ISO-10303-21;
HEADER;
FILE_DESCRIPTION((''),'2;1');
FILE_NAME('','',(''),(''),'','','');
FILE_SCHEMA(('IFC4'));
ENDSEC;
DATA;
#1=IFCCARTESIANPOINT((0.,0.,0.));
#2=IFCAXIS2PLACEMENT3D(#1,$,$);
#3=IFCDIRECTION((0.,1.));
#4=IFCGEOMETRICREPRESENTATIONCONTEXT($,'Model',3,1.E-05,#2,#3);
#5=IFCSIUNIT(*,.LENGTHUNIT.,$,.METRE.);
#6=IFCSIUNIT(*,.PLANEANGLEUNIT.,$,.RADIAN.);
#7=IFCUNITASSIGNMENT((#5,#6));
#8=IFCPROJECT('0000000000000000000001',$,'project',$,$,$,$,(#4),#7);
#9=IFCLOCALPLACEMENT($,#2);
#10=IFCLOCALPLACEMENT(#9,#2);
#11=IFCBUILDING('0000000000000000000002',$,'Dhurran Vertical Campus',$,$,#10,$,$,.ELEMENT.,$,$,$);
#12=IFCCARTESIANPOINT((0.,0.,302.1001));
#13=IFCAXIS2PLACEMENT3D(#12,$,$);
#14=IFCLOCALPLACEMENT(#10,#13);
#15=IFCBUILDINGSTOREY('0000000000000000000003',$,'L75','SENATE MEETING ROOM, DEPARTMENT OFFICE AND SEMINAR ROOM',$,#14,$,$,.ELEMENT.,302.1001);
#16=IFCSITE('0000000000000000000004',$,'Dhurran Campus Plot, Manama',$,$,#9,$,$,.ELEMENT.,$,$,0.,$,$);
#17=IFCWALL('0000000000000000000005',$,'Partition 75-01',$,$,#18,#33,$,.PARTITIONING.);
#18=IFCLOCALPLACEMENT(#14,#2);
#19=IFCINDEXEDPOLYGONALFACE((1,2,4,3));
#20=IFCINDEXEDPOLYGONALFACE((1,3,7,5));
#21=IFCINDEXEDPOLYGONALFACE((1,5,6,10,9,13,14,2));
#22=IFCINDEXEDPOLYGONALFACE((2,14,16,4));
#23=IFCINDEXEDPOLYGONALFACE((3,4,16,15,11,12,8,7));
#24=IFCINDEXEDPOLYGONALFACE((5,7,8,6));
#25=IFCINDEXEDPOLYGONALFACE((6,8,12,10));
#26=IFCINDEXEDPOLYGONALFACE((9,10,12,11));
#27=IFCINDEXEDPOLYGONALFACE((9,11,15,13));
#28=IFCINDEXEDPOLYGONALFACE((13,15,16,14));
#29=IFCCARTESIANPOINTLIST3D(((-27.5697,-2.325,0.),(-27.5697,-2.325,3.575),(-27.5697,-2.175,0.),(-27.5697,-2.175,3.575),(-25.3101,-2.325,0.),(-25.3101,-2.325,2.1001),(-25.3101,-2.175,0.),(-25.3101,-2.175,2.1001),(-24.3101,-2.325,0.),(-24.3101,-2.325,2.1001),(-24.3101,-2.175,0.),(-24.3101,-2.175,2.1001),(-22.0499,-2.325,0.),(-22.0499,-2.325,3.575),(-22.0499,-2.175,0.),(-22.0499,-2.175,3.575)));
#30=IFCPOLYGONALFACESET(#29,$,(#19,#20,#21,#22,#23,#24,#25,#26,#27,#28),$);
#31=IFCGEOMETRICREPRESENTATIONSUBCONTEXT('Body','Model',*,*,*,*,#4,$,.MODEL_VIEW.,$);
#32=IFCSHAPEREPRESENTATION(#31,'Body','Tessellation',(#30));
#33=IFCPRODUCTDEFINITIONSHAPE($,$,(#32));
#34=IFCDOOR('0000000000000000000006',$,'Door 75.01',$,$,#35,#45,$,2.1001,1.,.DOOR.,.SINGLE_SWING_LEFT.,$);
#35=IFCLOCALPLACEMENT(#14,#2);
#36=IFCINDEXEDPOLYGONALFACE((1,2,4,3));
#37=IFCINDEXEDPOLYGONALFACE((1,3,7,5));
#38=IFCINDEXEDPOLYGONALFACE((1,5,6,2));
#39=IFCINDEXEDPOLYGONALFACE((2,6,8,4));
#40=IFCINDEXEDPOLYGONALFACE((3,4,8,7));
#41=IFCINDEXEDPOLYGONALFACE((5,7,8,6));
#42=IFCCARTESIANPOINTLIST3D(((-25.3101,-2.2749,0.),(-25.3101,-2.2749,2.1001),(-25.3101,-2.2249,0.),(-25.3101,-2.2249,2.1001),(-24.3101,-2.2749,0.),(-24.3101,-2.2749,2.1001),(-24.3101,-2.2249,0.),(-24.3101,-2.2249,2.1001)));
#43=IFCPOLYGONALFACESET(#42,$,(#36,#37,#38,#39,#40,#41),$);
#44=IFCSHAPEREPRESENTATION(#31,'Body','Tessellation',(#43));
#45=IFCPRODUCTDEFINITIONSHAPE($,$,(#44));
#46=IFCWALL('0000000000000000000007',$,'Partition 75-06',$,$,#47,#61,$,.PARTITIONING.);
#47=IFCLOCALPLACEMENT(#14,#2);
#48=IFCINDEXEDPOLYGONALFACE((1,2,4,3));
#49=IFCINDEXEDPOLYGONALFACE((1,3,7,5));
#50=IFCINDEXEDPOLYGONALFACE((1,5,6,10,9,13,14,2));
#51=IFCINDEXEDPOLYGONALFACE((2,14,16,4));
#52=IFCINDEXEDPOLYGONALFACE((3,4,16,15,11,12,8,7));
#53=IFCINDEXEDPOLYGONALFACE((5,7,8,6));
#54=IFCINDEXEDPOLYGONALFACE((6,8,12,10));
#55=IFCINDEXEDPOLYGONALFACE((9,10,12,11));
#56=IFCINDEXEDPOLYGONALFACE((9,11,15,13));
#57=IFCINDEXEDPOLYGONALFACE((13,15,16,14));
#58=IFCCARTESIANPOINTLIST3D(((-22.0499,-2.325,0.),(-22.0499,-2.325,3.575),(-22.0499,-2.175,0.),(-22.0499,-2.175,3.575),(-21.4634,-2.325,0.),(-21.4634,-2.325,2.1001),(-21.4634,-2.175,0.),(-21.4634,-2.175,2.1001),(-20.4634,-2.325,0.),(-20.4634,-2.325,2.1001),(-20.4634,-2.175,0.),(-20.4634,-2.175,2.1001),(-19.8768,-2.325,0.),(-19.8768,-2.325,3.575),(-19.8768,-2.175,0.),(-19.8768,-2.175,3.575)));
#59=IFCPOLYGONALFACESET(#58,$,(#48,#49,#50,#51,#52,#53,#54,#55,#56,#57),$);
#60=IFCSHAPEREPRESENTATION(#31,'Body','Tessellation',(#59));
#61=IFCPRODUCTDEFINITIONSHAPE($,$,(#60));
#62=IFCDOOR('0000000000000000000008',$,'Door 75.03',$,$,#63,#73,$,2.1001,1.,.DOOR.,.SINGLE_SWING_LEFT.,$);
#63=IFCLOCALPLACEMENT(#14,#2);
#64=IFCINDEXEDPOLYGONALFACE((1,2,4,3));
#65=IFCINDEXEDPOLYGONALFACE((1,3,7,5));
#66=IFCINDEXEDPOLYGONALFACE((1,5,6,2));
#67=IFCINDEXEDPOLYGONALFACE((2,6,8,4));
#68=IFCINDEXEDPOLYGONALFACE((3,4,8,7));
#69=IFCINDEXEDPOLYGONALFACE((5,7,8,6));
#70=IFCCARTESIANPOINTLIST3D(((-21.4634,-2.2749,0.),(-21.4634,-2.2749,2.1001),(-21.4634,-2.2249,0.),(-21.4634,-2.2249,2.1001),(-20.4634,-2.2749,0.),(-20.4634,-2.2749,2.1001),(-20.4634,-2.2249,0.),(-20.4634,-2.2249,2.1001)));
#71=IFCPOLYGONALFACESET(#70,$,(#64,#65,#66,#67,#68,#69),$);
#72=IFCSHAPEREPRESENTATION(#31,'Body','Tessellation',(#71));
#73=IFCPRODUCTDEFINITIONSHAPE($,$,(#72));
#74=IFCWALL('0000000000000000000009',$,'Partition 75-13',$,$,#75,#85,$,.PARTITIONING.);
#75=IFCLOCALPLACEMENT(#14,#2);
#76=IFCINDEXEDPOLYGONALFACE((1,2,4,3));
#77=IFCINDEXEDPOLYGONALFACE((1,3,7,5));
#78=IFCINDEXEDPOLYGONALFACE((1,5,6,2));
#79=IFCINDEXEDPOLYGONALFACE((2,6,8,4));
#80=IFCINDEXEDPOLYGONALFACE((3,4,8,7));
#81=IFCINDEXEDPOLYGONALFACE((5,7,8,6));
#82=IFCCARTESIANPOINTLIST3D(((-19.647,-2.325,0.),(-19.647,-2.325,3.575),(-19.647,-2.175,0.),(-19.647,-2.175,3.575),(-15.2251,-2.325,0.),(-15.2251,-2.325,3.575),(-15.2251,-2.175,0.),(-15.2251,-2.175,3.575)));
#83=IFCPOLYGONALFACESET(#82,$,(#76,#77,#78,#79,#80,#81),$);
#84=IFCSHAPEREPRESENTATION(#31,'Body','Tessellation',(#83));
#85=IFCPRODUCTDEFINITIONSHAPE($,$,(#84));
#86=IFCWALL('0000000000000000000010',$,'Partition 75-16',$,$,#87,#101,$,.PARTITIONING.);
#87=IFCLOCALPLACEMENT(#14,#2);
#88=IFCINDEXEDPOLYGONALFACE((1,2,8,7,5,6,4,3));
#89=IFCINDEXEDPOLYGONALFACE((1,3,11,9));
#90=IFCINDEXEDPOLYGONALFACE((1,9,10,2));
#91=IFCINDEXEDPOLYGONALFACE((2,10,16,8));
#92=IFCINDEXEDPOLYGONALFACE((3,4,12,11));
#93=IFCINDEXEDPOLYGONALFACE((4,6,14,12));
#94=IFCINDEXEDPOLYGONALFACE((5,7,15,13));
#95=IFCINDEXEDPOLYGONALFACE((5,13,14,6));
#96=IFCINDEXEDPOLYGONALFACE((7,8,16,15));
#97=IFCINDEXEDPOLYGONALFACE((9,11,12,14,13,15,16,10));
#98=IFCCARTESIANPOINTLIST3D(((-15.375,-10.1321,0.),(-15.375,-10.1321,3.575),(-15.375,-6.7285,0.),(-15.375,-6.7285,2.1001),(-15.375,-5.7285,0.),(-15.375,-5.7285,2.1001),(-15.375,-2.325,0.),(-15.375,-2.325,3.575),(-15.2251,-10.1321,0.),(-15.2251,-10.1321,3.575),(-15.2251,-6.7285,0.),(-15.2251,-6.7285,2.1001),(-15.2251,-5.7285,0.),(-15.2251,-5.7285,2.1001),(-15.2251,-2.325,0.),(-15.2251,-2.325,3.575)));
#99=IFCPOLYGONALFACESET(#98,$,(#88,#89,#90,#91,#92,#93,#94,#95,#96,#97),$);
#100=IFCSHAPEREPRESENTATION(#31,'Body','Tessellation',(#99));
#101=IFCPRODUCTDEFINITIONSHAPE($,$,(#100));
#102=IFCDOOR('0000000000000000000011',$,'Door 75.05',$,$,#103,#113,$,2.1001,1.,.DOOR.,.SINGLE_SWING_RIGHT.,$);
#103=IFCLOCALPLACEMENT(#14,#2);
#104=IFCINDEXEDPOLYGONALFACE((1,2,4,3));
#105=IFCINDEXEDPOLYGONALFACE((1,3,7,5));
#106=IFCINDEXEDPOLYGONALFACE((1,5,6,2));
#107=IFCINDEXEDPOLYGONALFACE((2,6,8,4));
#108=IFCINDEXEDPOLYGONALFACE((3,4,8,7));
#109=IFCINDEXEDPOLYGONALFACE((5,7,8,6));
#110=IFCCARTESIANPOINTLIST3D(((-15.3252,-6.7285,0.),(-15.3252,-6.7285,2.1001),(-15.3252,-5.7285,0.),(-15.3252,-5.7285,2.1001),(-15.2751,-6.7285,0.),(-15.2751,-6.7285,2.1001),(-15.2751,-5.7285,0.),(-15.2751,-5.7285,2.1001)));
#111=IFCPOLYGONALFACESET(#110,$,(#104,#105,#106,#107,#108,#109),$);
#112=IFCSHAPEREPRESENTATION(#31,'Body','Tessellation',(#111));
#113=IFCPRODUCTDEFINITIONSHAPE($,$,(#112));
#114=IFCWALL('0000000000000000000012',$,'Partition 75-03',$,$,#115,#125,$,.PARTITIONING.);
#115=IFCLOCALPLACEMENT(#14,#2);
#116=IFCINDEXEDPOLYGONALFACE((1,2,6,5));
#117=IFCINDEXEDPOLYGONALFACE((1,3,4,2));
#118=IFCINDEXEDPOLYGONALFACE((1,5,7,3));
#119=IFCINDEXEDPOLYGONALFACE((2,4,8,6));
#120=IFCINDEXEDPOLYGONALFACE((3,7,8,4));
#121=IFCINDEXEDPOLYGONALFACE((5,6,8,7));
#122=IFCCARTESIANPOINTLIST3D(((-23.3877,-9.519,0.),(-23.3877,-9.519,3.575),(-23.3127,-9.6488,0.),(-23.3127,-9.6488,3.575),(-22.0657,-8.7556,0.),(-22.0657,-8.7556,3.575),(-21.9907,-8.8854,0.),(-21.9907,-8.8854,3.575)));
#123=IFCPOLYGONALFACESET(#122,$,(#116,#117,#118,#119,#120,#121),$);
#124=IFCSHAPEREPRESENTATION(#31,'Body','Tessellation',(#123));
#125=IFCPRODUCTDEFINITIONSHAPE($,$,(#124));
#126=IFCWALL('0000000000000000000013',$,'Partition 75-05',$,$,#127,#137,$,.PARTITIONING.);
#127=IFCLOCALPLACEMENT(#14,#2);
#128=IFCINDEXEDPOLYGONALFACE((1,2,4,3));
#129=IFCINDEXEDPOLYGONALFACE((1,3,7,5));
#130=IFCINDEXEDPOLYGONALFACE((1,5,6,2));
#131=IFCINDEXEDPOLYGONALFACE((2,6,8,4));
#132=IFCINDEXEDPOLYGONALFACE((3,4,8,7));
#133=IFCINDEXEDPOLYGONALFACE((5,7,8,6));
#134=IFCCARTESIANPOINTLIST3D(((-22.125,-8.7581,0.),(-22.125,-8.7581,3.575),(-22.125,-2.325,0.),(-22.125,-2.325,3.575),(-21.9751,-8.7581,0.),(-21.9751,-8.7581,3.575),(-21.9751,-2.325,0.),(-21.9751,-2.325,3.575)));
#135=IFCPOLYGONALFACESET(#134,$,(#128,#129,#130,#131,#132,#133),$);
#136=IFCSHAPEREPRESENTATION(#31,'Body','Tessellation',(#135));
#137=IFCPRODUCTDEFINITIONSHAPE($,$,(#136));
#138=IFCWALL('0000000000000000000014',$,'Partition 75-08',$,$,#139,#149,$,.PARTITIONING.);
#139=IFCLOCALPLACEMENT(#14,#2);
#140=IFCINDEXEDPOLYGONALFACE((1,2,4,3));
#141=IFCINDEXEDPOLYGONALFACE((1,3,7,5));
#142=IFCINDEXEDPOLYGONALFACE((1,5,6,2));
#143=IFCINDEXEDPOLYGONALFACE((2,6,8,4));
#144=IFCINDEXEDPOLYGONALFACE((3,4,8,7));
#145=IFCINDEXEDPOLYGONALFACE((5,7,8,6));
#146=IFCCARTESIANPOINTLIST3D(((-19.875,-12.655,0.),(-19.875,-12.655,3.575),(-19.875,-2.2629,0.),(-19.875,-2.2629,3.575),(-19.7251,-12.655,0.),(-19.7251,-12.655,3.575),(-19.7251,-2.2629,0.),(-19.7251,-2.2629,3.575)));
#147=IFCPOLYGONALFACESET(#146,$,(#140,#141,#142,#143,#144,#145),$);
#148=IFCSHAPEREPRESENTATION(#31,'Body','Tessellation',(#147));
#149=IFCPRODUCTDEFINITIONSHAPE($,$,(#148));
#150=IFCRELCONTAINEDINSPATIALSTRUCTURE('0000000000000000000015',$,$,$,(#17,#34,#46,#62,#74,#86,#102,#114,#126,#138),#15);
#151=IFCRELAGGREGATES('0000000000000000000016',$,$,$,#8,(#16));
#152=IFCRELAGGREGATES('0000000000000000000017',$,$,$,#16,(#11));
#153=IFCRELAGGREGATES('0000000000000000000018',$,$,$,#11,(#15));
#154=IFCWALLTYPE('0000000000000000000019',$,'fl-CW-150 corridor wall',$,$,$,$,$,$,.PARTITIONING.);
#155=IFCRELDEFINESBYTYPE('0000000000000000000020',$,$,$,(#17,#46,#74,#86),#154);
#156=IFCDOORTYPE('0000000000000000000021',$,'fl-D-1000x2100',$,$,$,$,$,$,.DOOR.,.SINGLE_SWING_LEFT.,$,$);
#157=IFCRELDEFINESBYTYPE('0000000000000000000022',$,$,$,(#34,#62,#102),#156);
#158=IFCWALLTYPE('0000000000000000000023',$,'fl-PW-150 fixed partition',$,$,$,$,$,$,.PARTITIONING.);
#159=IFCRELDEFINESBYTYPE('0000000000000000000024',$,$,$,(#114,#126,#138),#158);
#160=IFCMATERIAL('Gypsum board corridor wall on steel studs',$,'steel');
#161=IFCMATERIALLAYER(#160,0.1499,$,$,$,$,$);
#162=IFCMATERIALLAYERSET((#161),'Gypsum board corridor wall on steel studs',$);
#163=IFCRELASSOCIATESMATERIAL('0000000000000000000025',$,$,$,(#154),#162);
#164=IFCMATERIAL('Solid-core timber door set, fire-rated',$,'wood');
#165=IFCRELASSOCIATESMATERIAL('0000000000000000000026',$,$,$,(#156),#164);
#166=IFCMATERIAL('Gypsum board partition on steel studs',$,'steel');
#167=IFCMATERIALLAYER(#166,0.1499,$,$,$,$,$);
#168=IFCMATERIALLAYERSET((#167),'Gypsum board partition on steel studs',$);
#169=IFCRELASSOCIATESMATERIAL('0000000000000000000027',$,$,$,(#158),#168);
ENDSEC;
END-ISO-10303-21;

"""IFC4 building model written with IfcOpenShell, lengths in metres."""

from ifc_helpers import new_model, si_unit, direction, frame, frame_2d, origin, place, context, subcontext, project, spatial, rectangle, extrude, material, layer, layer_set, type_object, element, fill, save


model = new_model("IFC4")

# Units and contexts
model_context = context("Model", 3, precision=1e-05, world=origin(), true_north=direction((0.0, 1.0)))
body_context = subcontext(model_context, "Body", "Model", "MODEL_VIEW")
ifc_project = project(units=[si_unit("LENGTHUNIT", "METRE"), si_unit("PLANEANGLEUNIT", "RADIAN")], contexts=[model_context])

# Site, building, storey
site_placement = place(None, origin())
site = spatial("IfcSite", under=ifc_project, at=site_placement, Name="Dhurran Campus Plot, Manama", CompositionType="ELEMENT", RefElevation=0.0)
building_placement = place(site_placement, origin())
building = spatial("IfcBuilding", under=site, at=building_placement, Name="Dhurran Vertical Campus", CompositionType="ELEMENT")
storey_placement = place(building_placement, frame((0.0, 0.0, 302.1001)))
storey = spatial("IfcBuildingStorey", under=building, at=storey_placement, Name="L75", Description="SENATE MEETING ROOM, DEPARTMENT OFFICE AND SEMINAR ROOM", CompositionType="ELEMENT", Elevation=302.1001)

# Walls, openings, doors
ifc_material_1 = material(Name="Gypsum board corridor wall on steel studs", Category="steel")
ifc_layer_1 = layer(ifc_material_1, 0.1499)
ifc_layer_set_1 = layer_set([ifc_layer_1], Name="Gypsum board corridor wall on steel studs")
wall_type_1 = type_object("IfcWallType", Name="fl-CW-150 corridor wall", PredefinedType="PARTITIONING", material=ifc_layer_set_1)
wall_1_placement = place(storey_placement, frame((-22.05, -2.25, 0.0), z_axis=(0.0, 0.0, 1.0), x_axis=(-1.0, 0.0, 0.0)))
wall_1 = element("IfcWall", 1, at=wall_1_placement, inside=storey, type_object=wall_type_1, Name="Partition 75-01", PredefinedType="PARTITIONING", context=body_context, shape_type="SweptSolid", body=[
    extrude(rectangle(XDim=5.5198, YDim=0.1499, at=frame_2d((2.7598, 0.0))), origin(), (0.0, 0.0, 1.0), 3.575),
])
opening_1_placement = place(wall_1_placement, frame((2.26, 0.0, 0.0)))
opening_1 = element("IfcOpeningElement", 2, at=opening_1_placement, cuts=wall_1, PredefinedType="OPENING", context=body_context, shape_type="SweptSolid", body=[
    extrude(rectangle(XDim=1.0, YDim=2.1001, at=frame_2d((0.5, 1.05))), frame((0.0, 0.085, 0.0), z_axis=(0.0, -1.0, 0.0), x_axis=(1.0, 0.0, 0.0)), (0.0, 0.0, 1.0), 0.1699),
])
ifc_material_2 = material(Name="Solid-core timber door set, fire-rated", Category="wood")
door_type_1 = type_object("IfcDoorType", Name="fl-D-1000x2100", OperationType="SINGLE_SWING_LEFT", PredefinedType="DOOR", material=ifc_material_2)
door_1_placement = place(opening_1_placement, origin())
door_1 = element("IfcDoor", 3, at=door_1_placement, inside=storey, type_object=door_type_1, Name="Door 75.01", OperationType="SINGLE_SWING_LEFT", OverallHeight=2.1001, OverallWidth=1.0, PredefinedType="DOOR", context=body_context, shape_type="SweptSolid", body=[
    extrude(rectangle(XDim=1.0, YDim=2.1001, at=frame_2d((0.5, 1.05))), frame((0.0, 0.0249, 0.0), z_axis=(0.0, -1.0, 0.0), x_axis=(1.0, 0.0, 0.0)), (0.0, 0.0, 1.0), 0.05),
])
fill(opening_1, door_1)
wall_2_placement = place(storey_placement, frame((-19.877, -2.25, 0.0), z_axis=(0.0, 0.0, 1.0), x_axis=(-1.0, 0.0, 0.0)))
wall_2 = element("IfcWall", 4, at=wall_2_placement, inside=storey, type_object=wall_type_1, Name="Partition 75-06", PredefinedType="PARTITIONING", context=body_context, shape_type="SweptSolid", body=[
    extrude(rectangle(XDim=2.1731, YDim=0.1499, at=frame_2d((1.0864, 0.0))), origin(), (0.0, 0.0, 1.0), 3.575),
])
opening_2_placement = place(wall_2_placement, frame((0.5864, 0.0, 0.0)))
opening_2 = element("IfcOpeningElement", 5, at=opening_2_placement, cuts=wall_2, PredefinedType="OPENING", context=body_context, shape_type="SweptSolid", body=[
    extrude(rectangle(XDim=1.0, YDim=2.1001, at=frame_2d((0.5, 1.05))), frame((0.0, 0.085, 0.0), z_axis=(0.0, -1.0, 0.0), x_axis=(1.0, 0.0, 0.0)), (0.0, 0.0, 1.0), 0.1699),
])
door_2_placement = place(opening_2_placement, origin())
door_2 = element("IfcDoor", 6, at=door_2_placement, inside=storey, type_object=door_type_1, Name="Door 75.03", OperationType="SINGLE_SWING_LEFT", OverallHeight=2.1001, OverallWidth=1.0, PredefinedType="DOOR", context=body_context, shape_type="SweptSolid", body=[
    extrude(rectangle(XDim=1.0, YDim=2.1001, at=frame_2d((0.5, 1.05))), frame((0.0, 0.0249, 0.0), z_axis=(0.0, -1.0, 0.0), x_axis=(1.0, 0.0, 0.0)), (0.0, 0.0, 1.0), 0.05),
])
fill(opening_2, door_2)

# Wall
wall_3_placement = place(storey_placement, frame((-15.2251, -2.25, 0.0), z_axis=(0.0, 0.0, 1.0), x_axis=(-1.0, 0.0, 0.0)))
element("IfcWall", 7, at=wall_3_placement, inside=storey, type_object=wall_type_1, Name="Partition 75-13", PredefinedType="PARTITIONING", context=body_context, shape_type="SweptSolid", body=[
    extrude(rectangle(XDim=4.4219, YDim=0.1499, at=frame_2d((2.2109, 0.0))), origin(), (0.0, 0.0, 1.0), 3.575),
])

# Wall, opening, door
wall_4_placement = place(storey_placement, frame((-15.3, -2.325, 0.0), z_axis=(0.0, 0.0, 1.0), x_axis=(0.0, -1.0, 0.0)))
wall_4 = element("IfcWall", 8, at=wall_4_placement, inside=storey, type_object=wall_type_1, Name="Partition 75-16", PredefinedType="PARTITIONING", context=body_context, shape_type="SweptSolid", body=[
    extrude(rectangle(XDim=7.8071, YDim=0.1499, at=frame_2d((3.9036, 0.0))), origin(), (0.0, 0.0, 1.0), 3.575),
])
opening_3_placement = place(wall_4_placement, frame((3.4036, 0.0, 0.0)))
opening_3 = element("IfcOpeningElement", 9, at=opening_3_placement, cuts=wall_4, PredefinedType="OPENING", context=body_context, shape_type="SweptSolid", body=[
    extrude(rectangle(XDim=1.0, YDim=2.1001, at=frame_2d((0.5, 1.05))), frame((0.0, 0.085, 0.0), z_axis=(0.0, -1.0, 0.0), x_axis=(1.0, 0.0, 0.0)), (0.0, 0.0, 1.0), 0.1699),
])
door_3_placement = place(opening_3_placement, origin())
door_3 = element("IfcDoor", 10, at=door_3_placement, inside=storey, type_object=door_type_1, Name="Door 75.05", OperationType="SINGLE_SWING_RIGHT", OverallHeight=2.1001, OverallWidth=1.0, PredefinedType="DOOR", context=body_context, shape_type="SweptSolid", body=[
    extrude(rectangle(XDim=1.0, YDim=2.1001, at=frame_2d((0.5, 1.05))), frame((0.0, 0.0249, 0.0), z_axis=(0.0, -1.0, 0.0), x_axis=(1.0, 0.0, 0.0)), (0.0, 0.0, 1.0), 0.05),
])
fill(opening_3, door_3)

# Walls
ifc_material_3 = material(Name="Gypsum board partition on steel studs", Category="steel")
ifc_layer_2 = layer(ifc_material_3, 0.1499)
ifc_layer_set_2 = layer_set([ifc_layer_2], Name="Gypsum board partition on steel studs")
wall_type_2 = type_object("IfcWallType", Name="fl-PW-150 fixed partition", PredefinedType="PARTITIONING", material=ifc_layer_set_2)
wall_5_placement = place(storey_placement, frame((-22.0283, -8.8206, 0.0), z_axis=(0.0, 0.0, 1.0), x_axis=(-0.865981, -0.500078, 0.0)))
element("IfcWall", 11, at=wall_5_placement, inside=storey, type_object=wall_type_2, Name="Partition 75-03", PredefinedType="PARTITIONING", context=body_context, shape_type="SweptSolid", body=[
    extrude(rectangle(XDim=1.5266, YDim=0.1499, at=frame_2d((0.7632, 0.0))), origin(), (0.0, 0.0, 1.0), 3.575),
])
wall_6_placement = place(storey_placement, frame((-22.05, -2.325, 0.0), z_axis=(0.0, 0.0, 1.0), x_axis=(0.0, -1.0, 0.0)))
element("IfcWall", 12, at=wall_6_placement, inside=storey, type_object=wall_type_2, Name="Partition 75-05", PredefinedType="PARTITIONING", context=body_context, shape_type="SweptSolid", body=[
    extrude(rectangle(XDim=6.4331, YDim=0.1499, at=frame_2d((3.2166, 0.0))), origin(), (0.0, 0.0, 1.0), 3.575),
])
wall_7_placement = place(storey_placement, frame((-19.8, -2.2629, 0.0), z_axis=(0.0, 0.0, 1.0), x_axis=(0.0, -1.0, 0.0)))
element("IfcWall", 13, at=wall_7_placement, inside=storey, type_object=wall_type_2, Name="Partition 75-08", PredefinedType="PARTITIONING", context=body_context, shape_type="SweptSolid", body=[
    extrude(rectangle(XDim=10.3921, YDim=0.1499, at=frame_2d((5.196, 0.0))), origin(), (0.0, 0.0, 1.0), 3.575),
])

save(model, "model.ifc")
